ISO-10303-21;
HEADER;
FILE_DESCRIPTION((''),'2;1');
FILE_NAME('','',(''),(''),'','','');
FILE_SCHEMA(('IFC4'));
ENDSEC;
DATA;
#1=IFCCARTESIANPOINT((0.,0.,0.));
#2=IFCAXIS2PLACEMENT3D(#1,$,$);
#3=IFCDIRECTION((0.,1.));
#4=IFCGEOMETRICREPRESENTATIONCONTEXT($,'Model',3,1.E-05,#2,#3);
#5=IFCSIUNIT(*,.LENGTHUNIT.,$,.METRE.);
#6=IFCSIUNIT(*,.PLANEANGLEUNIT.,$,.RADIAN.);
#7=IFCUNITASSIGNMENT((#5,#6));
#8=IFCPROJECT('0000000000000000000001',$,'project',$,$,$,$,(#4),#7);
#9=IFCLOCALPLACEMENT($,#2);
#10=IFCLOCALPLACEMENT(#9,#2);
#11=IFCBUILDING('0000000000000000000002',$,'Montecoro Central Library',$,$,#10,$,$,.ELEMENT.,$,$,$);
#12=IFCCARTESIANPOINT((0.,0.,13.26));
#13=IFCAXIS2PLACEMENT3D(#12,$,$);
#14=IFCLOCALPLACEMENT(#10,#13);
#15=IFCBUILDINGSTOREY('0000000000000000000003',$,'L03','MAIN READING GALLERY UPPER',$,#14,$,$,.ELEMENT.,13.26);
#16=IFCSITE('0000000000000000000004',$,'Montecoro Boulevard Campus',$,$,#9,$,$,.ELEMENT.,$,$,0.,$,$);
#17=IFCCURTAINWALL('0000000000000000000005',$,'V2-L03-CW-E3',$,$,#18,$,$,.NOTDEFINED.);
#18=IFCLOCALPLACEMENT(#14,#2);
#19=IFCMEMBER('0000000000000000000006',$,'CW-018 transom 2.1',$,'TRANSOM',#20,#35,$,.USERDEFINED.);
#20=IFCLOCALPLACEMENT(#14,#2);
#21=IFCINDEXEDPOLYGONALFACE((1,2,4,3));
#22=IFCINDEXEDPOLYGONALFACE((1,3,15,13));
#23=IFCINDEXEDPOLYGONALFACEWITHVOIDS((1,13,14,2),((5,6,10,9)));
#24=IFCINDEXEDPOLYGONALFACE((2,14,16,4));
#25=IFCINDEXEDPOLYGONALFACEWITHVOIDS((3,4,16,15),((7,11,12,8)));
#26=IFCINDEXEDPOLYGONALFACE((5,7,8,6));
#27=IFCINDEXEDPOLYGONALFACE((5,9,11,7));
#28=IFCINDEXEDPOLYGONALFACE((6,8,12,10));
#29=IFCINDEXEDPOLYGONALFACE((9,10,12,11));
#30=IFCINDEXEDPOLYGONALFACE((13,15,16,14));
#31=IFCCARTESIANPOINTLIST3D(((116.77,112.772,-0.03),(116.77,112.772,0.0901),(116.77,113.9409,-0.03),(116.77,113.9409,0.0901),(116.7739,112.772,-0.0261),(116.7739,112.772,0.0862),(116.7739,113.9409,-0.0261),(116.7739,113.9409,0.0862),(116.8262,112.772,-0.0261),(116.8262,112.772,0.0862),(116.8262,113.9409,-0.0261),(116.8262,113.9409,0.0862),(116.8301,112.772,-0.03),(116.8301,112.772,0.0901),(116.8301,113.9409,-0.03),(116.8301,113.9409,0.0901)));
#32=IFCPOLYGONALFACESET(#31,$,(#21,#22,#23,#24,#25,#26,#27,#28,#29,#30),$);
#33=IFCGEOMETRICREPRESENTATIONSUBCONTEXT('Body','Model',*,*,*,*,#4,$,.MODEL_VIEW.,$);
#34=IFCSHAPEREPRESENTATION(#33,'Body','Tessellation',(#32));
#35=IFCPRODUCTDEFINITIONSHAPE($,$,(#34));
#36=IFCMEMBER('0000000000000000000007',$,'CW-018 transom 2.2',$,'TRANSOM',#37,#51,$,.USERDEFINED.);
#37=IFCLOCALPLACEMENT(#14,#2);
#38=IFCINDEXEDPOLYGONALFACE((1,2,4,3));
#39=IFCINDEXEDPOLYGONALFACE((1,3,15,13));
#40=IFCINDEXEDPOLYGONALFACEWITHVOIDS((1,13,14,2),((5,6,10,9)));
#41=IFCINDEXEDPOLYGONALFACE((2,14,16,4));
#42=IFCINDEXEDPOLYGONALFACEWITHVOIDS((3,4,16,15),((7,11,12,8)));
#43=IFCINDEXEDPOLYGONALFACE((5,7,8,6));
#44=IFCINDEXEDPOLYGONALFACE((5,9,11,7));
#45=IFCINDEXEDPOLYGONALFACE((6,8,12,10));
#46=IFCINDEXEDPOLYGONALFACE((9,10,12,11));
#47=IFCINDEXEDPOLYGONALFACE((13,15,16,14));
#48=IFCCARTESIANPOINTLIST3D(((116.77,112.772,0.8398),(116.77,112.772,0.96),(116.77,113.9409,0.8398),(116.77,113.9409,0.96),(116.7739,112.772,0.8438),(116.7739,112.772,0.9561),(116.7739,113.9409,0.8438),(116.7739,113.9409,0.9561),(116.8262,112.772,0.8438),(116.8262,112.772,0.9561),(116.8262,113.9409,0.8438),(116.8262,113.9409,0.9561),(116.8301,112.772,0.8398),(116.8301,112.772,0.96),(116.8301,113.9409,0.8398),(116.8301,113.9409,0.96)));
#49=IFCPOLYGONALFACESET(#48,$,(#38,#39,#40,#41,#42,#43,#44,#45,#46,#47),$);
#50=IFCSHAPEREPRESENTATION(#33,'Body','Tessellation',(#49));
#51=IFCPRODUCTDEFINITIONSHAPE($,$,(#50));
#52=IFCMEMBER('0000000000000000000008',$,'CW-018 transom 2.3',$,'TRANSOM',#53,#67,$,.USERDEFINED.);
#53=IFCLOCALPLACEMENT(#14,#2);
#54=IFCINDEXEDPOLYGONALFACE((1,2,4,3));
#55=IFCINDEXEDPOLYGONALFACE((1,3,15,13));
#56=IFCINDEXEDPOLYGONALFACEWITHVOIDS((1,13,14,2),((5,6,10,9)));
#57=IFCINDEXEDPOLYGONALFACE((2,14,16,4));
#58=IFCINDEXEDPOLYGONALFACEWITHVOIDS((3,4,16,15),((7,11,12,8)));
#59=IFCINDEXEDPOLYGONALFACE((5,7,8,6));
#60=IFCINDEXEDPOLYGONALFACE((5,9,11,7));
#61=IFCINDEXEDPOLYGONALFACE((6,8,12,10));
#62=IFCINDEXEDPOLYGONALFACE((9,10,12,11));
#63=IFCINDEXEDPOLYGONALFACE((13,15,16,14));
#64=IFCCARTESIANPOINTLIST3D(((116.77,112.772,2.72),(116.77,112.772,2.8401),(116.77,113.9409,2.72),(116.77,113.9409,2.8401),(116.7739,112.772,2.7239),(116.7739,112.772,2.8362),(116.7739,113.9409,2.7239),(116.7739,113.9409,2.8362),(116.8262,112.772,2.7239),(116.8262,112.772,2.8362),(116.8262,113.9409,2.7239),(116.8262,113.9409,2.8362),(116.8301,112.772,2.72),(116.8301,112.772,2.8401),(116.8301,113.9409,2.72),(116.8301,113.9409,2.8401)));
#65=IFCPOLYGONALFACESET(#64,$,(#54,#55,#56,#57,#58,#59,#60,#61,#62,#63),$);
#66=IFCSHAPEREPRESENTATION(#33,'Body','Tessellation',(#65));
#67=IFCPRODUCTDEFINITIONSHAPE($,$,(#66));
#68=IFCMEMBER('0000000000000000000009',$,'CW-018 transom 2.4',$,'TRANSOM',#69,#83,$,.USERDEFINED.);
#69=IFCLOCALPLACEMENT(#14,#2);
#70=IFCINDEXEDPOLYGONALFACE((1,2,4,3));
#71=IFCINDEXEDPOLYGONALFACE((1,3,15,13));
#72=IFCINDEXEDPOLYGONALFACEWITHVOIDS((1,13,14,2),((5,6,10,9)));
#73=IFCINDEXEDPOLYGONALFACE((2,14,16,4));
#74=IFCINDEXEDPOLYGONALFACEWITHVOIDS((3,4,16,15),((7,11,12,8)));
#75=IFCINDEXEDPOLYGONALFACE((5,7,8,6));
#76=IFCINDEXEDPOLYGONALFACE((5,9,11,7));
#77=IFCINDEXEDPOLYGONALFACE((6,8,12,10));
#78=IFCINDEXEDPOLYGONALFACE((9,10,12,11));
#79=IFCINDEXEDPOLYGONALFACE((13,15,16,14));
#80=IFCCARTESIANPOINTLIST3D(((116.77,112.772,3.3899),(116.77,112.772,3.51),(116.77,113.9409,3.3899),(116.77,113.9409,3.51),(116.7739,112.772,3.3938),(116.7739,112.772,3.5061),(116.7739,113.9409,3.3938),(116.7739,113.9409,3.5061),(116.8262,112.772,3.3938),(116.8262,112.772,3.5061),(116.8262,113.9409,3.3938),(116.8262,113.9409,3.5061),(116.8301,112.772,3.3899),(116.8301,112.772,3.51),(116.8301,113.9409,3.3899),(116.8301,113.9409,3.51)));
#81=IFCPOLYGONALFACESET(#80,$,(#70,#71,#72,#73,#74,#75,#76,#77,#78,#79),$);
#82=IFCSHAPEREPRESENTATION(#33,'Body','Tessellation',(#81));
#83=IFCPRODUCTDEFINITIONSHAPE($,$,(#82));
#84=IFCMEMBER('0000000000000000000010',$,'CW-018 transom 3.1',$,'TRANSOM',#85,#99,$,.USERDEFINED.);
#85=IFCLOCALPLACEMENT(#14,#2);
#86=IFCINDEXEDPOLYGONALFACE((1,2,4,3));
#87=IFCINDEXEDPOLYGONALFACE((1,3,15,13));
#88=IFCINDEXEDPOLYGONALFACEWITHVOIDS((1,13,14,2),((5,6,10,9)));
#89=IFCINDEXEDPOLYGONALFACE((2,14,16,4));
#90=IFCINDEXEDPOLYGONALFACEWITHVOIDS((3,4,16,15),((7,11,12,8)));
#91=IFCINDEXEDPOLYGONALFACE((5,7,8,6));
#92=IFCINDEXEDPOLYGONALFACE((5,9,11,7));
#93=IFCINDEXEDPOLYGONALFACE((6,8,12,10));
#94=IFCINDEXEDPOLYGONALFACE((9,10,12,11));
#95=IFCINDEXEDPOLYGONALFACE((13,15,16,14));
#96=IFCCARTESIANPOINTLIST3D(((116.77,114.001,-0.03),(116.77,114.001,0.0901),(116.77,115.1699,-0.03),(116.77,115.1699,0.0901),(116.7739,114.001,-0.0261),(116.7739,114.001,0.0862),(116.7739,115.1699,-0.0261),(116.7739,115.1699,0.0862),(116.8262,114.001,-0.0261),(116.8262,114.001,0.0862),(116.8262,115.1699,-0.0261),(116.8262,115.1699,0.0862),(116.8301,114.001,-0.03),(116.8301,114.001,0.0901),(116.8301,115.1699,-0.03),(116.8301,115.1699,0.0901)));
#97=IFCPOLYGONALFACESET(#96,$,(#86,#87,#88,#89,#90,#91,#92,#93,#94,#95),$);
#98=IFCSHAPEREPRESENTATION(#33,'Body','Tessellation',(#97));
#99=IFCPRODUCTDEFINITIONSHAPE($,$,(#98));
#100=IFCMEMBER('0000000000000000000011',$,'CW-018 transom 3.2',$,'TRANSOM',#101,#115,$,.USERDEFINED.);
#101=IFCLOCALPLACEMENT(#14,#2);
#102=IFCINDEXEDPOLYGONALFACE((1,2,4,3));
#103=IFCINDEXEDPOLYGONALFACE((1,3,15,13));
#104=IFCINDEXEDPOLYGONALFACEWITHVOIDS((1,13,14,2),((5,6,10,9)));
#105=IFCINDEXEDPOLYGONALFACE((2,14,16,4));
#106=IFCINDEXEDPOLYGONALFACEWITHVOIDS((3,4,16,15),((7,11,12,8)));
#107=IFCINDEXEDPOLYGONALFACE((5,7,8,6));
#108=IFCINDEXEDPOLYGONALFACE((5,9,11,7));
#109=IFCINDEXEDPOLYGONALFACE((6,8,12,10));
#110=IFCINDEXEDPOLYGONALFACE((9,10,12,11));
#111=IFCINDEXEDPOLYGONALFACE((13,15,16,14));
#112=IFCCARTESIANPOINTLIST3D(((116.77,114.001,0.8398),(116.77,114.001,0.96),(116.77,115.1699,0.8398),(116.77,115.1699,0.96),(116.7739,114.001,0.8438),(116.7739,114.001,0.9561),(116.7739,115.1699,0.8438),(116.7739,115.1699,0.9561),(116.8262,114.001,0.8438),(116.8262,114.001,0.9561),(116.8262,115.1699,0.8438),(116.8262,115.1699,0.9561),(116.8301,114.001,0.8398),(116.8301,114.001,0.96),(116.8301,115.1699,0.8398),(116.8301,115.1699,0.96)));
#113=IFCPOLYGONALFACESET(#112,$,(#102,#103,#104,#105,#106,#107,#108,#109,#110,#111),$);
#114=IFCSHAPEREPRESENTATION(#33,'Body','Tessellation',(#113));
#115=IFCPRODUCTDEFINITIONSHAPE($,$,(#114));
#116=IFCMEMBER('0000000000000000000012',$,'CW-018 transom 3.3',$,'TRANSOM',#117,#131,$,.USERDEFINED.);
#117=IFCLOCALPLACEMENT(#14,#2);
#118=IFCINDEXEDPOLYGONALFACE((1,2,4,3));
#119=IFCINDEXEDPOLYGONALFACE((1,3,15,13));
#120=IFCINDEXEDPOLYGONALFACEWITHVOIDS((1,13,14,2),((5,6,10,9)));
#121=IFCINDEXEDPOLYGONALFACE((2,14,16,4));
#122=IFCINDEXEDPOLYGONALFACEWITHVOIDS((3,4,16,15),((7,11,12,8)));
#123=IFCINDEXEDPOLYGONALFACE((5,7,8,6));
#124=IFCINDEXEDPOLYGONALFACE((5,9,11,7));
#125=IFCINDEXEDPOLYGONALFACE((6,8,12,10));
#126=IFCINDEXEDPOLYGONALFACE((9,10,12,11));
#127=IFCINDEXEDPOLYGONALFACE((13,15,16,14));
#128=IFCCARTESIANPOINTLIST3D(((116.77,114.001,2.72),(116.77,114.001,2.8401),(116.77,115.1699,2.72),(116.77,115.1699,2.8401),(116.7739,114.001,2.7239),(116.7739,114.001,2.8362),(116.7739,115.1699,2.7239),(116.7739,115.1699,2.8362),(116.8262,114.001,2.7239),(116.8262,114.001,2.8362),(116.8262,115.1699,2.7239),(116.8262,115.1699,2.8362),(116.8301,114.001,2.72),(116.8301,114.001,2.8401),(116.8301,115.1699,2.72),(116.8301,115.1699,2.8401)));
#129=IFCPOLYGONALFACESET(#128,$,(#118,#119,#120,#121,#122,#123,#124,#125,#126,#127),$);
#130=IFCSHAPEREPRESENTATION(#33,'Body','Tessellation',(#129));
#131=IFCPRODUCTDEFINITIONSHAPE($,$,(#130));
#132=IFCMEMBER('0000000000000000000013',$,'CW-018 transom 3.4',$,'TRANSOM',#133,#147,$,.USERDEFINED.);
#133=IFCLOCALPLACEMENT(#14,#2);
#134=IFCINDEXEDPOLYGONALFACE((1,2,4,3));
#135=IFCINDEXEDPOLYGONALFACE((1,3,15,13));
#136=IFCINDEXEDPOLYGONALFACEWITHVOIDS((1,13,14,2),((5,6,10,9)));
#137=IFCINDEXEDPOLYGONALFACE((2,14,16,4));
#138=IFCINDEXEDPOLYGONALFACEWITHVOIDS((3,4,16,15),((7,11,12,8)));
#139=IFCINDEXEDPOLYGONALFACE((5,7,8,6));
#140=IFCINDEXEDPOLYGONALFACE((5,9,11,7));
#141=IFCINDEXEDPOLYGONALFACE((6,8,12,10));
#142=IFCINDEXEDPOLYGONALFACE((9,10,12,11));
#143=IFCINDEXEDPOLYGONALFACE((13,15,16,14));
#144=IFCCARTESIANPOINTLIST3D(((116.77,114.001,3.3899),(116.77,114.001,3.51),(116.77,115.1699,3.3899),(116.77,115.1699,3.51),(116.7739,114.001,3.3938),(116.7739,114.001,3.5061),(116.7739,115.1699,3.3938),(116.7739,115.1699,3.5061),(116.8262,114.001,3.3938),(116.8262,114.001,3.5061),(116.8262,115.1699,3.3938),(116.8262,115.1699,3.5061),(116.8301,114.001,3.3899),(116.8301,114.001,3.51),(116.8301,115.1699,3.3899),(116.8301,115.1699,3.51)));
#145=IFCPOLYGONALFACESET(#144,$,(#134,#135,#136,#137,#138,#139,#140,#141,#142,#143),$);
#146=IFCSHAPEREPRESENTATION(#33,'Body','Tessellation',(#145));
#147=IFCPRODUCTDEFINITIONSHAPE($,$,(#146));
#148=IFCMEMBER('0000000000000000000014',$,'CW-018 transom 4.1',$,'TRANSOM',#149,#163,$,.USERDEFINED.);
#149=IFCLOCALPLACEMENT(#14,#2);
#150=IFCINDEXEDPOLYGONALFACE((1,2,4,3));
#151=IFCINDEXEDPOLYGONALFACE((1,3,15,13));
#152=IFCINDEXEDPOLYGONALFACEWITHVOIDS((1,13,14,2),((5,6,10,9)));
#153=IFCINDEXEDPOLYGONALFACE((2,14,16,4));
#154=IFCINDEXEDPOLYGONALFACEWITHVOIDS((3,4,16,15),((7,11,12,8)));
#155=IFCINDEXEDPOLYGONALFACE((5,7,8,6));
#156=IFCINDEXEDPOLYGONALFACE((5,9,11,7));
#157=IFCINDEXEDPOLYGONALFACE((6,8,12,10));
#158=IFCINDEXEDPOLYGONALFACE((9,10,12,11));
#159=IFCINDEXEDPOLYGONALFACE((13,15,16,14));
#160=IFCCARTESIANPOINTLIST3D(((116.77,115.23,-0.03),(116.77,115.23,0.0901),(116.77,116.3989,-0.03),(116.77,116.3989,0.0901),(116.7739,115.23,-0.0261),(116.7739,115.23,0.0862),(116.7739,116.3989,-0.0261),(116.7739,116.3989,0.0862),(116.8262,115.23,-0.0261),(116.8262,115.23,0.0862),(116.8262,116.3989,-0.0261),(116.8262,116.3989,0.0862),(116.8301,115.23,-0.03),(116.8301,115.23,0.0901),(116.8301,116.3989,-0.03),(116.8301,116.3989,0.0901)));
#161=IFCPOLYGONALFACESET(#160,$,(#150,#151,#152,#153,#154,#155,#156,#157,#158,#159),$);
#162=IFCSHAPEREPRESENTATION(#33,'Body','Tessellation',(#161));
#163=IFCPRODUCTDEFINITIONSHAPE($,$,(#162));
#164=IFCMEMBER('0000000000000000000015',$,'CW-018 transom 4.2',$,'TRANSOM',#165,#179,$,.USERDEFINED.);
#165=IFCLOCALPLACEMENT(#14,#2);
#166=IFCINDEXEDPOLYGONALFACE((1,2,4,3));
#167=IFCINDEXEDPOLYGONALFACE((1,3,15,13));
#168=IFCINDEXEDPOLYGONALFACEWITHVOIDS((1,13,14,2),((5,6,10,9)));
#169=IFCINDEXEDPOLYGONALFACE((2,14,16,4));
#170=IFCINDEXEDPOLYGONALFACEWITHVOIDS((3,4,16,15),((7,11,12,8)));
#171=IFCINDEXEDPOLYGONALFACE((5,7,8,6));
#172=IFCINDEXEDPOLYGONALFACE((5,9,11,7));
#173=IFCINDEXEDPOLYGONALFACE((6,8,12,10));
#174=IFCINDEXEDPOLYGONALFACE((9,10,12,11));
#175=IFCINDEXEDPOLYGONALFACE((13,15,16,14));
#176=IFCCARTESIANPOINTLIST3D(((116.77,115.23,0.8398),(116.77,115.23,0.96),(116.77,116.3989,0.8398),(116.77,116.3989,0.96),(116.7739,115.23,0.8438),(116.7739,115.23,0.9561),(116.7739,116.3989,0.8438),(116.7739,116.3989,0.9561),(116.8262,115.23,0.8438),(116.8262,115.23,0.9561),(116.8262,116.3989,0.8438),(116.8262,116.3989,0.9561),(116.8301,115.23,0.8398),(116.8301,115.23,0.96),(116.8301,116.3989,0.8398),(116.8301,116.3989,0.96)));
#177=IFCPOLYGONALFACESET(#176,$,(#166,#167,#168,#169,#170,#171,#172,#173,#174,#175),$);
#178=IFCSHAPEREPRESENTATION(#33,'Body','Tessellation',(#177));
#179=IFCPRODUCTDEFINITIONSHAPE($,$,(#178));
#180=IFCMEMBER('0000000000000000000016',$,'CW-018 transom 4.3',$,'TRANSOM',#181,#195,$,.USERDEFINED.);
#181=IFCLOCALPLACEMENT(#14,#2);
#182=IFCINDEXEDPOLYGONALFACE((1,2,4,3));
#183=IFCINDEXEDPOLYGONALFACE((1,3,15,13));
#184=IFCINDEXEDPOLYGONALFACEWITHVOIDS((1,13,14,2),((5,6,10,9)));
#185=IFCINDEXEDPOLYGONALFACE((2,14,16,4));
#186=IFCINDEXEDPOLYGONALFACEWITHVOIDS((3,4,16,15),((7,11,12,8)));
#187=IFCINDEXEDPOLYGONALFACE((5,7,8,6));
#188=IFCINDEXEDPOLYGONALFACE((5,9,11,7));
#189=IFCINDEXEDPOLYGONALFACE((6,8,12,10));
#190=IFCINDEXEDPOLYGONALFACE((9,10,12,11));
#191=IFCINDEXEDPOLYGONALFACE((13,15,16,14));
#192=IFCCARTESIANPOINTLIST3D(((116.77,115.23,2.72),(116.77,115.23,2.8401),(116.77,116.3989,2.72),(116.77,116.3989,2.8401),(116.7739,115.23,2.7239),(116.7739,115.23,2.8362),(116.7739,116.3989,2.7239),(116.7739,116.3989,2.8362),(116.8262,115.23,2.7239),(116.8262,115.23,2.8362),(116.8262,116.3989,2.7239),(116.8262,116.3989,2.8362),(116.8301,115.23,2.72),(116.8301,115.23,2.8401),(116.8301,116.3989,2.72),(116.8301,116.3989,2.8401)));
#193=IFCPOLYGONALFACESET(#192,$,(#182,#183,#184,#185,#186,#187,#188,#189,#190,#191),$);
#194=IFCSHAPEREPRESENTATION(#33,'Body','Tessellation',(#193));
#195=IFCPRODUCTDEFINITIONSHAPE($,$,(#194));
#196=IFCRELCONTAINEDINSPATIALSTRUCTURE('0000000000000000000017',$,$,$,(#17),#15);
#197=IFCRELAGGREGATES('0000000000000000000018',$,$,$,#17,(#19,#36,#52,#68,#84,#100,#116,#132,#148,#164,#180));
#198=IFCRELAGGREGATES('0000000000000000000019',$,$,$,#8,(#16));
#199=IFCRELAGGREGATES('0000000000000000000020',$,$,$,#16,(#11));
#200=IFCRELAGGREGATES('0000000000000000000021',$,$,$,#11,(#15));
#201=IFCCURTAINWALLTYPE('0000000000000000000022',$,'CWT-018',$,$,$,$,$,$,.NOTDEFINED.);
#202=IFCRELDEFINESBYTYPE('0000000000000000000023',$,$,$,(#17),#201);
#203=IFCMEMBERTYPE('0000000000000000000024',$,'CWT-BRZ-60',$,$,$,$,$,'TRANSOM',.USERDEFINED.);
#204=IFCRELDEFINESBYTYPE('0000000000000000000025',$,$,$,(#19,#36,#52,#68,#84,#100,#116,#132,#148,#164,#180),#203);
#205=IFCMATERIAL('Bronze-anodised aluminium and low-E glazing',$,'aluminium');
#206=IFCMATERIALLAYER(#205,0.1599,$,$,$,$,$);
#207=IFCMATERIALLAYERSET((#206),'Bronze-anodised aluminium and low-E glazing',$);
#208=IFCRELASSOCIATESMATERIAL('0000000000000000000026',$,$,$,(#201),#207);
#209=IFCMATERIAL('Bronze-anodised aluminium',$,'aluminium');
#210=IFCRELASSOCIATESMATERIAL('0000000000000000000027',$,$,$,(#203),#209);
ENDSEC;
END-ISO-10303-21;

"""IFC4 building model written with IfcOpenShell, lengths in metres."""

from ifc_helpers import new_model, si_unit, direction, frame, origin, origin_2d, place, context, subcontext, project, spatial, hollow_rectangle, extrude, material, layer, layer_set, material_profile, profile_set, type_object, element, aggregate, save


model = new_model("IFC4")

# Units and contexts
model_context = context("Model", 3, precision=1e-05, world=origin(), true_north=direction((0.0, 1.0)))
body_context = subcontext(model_context, "Body", "Model", "MODEL_VIEW")
ifc_project = project(units=[si_unit("LENGTHUNIT", "METRE"), si_unit("PLANEANGLEUNIT", "RADIAN")], contexts=[model_context])

# Site, building, storey
site_placement = place(None, origin())
site = spatial("IfcSite", under=ifc_project, at=site_placement, Name="Montecoro Boulevard Campus", CompositionType="ELEMENT", RefElevation=0.0)
building_placement = place(site_placement, origin())
building = spatial("IfcBuilding", under=site, at=building_placement, Name="Montecoro Central Library", CompositionType="ELEMENT")
storey_placement = place(building_placement, frame((0.0, 0.0, 13.26)))
storey = spatial("IfcBuildingStorey", under=building, at=storey_placement, Name="L03", Description="MAIN READING GALLERY UPPER", CompositionType="ELEMENT", Elevation=13.26)

# Curtain wall, members
ifc_material_1 = material(Name="Bronze-anodised aluminium and low-E glazing", Category="aluminium")
ifc_layer_1 = layer(ifc_material_1, 0.1599)
ifc_layer_set_1 = layer_set([ifc_layer_1], Name="Bronze-anodised aluminium and low-E glazing")
curtain_wall_type = type_object("IfcCurtainWallType", Name="CWT-018", PredefinedType="NOTDEFINED", material=ifc_layer_set_1)
curtain_wall_placement = place(storey_placement, origin())
curtain_wall = element("IfcCurtainWall", 1, at=curtain_wall_placement, inside=storey, type_object=curtain_wall_type, Name="V2-L03-CW-E3", PredefinedType="NOTDEFINED")
ifc_material_2 = material(Name="Bronze-anodised aluminium", Category="aluminium")
ifc_material_profile_1 = material_profile(ifc_material_2, hollow_rectangle(XDim=0.0601, YDim=0.1201, WallThickness=0.0039, at=origin_2d()), Name="CWT 120x60x4.0")
ifc_profile_set_1 = profile_set([ifc_material_profile_1], Name="Bronze-anodised aluminium")
member_type_1 = type_object("IfcMemberType", Name="CWT-BRZ-60", ElementType="TRANSOM", PredefinedType="USERDEFINED", material=ifc_profile_set_1)
member_1_placement = place(storey_placement, frame((116.8, 112.772, 0.03), z_axis=(0.0, 1.0, 0.0), x_axis=(-1.0, 0.0, 0.0)))
member_1 = element("IfcMember", 2, at=member_1_placement, type_object=member_type_1, Name="CW-018 transom 2.1", ObjectType="TRANSOM", PredefinedType="USERDEFINED", context=body_context, shape_type="SweptSolid", body=[
    extrude(hollow_rectangle(XDim=0.0601, YDim=0.1201, WallThickness=0.0039, at=origin_2d()), origin(), (0.0, 0.0, 1.0), 1.1689),
])
member_2_placement = place(storey_placement, frame((116.8, 112.772, 0.8999), z_axis=(0.0, 1.0, 0.0), x_axis=(-1.0, 0.0, 0.0)))
member_2 = element("IfcMember", 3, at=member_2_placement, type_object=member_type_1, Name="CW-018 transom 2.2", ObjectType="TRANSOM", PredefinedType="USERDEFINED", context=body_context, shape_type="SweptSolid", body=[
    extrude(hollow_rectangle(XDim=0.0601, YDim=0.1201, WallThickness=0.0039, at=origin_2d()), origin(), (0.0, 0.0, 1.0), 1.1689),
])
member_3_placement = place(storey_placement, frame((116.8, 112.772, 2.78), z_axis=(0.0, 1.0, 0.0), x_axis=(-1.0, 0.0, 0.0)))
member_3 = element("IfcMember", 4, at=member_3_placement, type_object=member_type_1, Name="CW-018 transom 2.3", ObjectType="TRANSOM", PredefinedType="USERDEFINED", context=body_context, shape_type="SweptSolid", body=[
    extrude(hollow_rectangle(XDim=0.0601, YDim=0.1201, WallThickness=0.0039, at=origin_2d()), origin(), (0.0, 0.0, 1.0), 1.1689),
])
member_4_placement = place(storey_placement, frame((116.8, 112.772, 3.45), z_axis=(0.0, 1.0, 0.0), x_axis=(-1.0, 0.0, 0.0)))
member_4 = element("IfcMember", 5, at=member_4_placement, type_object=member_type_1, Name="CW-018 transom 2.4", ObjectType="TRANSOM", PredefinedType="USERDEFINED", context=body_context, shape_type="SweptSolid", body=[
    extrude(hollow_rectangle(XDim=0.0601, YDim=0.1201, WallThickness=0.0039, at=origin_2d()), origin(), (0.0, 0.0, 1.0), 1.1689),
])
member_5_placement = place(storey_placement, frame((116.8, 114.001, 0.03), z_axis=(0.0, 1.0, 0.0), x_axis=(-1.0, 0.0, 0.0)))
member_5 = element("IfcMember", 6, at=member_5_placement, type_object=member_type_1, Name="CW-018 transom 3.1", ObjectType="TRANSOM", PredefinedType="USERDEFINED", context=body_context, shape_type="SweptSolid", body=[
    extrude(hollow_rectangle(XDim=0.0601, YDim=0.1201, WallThickness=0.0039, at=origin_2d()), origin(), (0.0, 0.0, 1.0), 1.1689),
])
member_6_placement = place(storey_placement, frame((116.8, 114.001, 0.8999), z_axis=(0.0, 1.0, 0.0), x_axis=(-1.0, 0.0, 0.0)))
member_6 = element("IfcMember", 7, at=member_6_placement, type_object=member_type_1, Name="CW-018 transom 3.2", ObjectType="TRANSOM", PredefinedType="USERDEFINED", context=body_context, shape_type="SweptSolid", body=[
    extrude(hollow_rectangle(XDim=0.0601, YDim=0.1201, WallThickness=0.0039, at=origin_2d()), origin(), (0.0, 0.0, 1.0), 1.1689),
])
member_7_placement = place(storey_placement, frame((116.8, 114.001, 2.78), z_axis=(0.0, 1.0, 0.0), x_axis=(-1.0, 0.0, 0.0)))
member_7 = element("IfcMember", 8, at=member_7_placement, type_object=member_type_1, Name="CW-018 transom 3.3", ObjectType="TRANSOM", PredefinedType="USERDEFINED", context=body_context, shape_type="SweptSolid", body=[
    extrude(hollow_rectangle(XDim=0.0601, YDim=0.1201, WallThickness=0.0039, at=origin_2d()), origin(), (0.0, 0.0, 1.0), 1.1689),
])
member_8_placement = place(storey_placement, frame((116.8, 114.001, 3.45), z_axis=(0.0, 1.0, 0.0), x_axis=(-1.0, 0.0, 0.0)))
member_8 = element("IfcMember", 9, at=member_8_placement, type_object=member_type_1, Name="CW-018 transom 3.4", ObjectType="TRANSOM", PredefinedType="USERDEFINED", context=body_context, shape_type="SweptSolid", body=[
    extrude(hollow_rectangle(XDim=0.0601, YDim=0.1201, WallThickness=0.0039, at=origin_2d()), origin(), (0.0, 0.0, 1.0), 1.1689),
])
member_9_placement = place(storey_placement, frame((116.8, 115.23, 0.03), z_axis=(0.0, 1.0, 0.0), x_axis=(-1.0, 0.0, 0.0)))
member_9 = element("IfcMember", 10, at=member_9_placement, type_object=member_type_1, Name="CW-018 transom 4.1", ObjectType="TRANSOM", PredefinedType="USERDEFINED", context=body_context, shape_type="SweptSolid", body=[
    extrude(hollow_rectangle(XDim=0.0601, YDim=0.1201, WallThickness=0.0039, at=origin_2d()), origin(), (0.0, 0.0, 1.0), 1.1689),
])
member_10_placement = place(storey_placement, frame((116.8, 115.23, 0.8999), z_axis=(0.0, 1.0, 0.0), x_axis=(-1.0, 0.0, 0.0)))
member_10 = element("IfcMember", 11, at=member_10_placement, type_object=member_type_1, Name="CW-018 transom 4.2", ObjectType="TRANSOM", PredefinedType="USERDEFINED", context=body_context, shape_type="SweptSolid", body=[
    extrude(hollow_rectangle(XDim=0.0601, YDim=0.1201, WallThickness=0.0039, at=origin_2d()), origin(), (0.0, 0.0, 1.0), 1.1689),
])
member_11_placement = place(storey_placement, frame((116.8, 115.23, 2.78), z_axis=(0.0, 1.0, 0.0), x_axis=(-1.0, 0.0, 0.0)))
member_11 = element("IfcMember", 12, at=member_11_placement, type_object=member_type_1, Name="CW-018 transom 4.3", ObjectType="TRANSOM", PredefinedType="USERDEFINED", context=body_context, shape_type="SweptSolid", body=[
    extrude(hollow_rectangle(XDim=0.0601, YDim=0.1201, WallThickness=0.0039, at=origin_2d()), origin(), (0.0, 0.0, 1.0), 1.1689),
])
aggregate(curtain_wall, [member_1, member_2, member_3, member_4, member_5, member_6, member_7, member_8, member_9, member_10, member_11])

save(model, "model.ifc")
